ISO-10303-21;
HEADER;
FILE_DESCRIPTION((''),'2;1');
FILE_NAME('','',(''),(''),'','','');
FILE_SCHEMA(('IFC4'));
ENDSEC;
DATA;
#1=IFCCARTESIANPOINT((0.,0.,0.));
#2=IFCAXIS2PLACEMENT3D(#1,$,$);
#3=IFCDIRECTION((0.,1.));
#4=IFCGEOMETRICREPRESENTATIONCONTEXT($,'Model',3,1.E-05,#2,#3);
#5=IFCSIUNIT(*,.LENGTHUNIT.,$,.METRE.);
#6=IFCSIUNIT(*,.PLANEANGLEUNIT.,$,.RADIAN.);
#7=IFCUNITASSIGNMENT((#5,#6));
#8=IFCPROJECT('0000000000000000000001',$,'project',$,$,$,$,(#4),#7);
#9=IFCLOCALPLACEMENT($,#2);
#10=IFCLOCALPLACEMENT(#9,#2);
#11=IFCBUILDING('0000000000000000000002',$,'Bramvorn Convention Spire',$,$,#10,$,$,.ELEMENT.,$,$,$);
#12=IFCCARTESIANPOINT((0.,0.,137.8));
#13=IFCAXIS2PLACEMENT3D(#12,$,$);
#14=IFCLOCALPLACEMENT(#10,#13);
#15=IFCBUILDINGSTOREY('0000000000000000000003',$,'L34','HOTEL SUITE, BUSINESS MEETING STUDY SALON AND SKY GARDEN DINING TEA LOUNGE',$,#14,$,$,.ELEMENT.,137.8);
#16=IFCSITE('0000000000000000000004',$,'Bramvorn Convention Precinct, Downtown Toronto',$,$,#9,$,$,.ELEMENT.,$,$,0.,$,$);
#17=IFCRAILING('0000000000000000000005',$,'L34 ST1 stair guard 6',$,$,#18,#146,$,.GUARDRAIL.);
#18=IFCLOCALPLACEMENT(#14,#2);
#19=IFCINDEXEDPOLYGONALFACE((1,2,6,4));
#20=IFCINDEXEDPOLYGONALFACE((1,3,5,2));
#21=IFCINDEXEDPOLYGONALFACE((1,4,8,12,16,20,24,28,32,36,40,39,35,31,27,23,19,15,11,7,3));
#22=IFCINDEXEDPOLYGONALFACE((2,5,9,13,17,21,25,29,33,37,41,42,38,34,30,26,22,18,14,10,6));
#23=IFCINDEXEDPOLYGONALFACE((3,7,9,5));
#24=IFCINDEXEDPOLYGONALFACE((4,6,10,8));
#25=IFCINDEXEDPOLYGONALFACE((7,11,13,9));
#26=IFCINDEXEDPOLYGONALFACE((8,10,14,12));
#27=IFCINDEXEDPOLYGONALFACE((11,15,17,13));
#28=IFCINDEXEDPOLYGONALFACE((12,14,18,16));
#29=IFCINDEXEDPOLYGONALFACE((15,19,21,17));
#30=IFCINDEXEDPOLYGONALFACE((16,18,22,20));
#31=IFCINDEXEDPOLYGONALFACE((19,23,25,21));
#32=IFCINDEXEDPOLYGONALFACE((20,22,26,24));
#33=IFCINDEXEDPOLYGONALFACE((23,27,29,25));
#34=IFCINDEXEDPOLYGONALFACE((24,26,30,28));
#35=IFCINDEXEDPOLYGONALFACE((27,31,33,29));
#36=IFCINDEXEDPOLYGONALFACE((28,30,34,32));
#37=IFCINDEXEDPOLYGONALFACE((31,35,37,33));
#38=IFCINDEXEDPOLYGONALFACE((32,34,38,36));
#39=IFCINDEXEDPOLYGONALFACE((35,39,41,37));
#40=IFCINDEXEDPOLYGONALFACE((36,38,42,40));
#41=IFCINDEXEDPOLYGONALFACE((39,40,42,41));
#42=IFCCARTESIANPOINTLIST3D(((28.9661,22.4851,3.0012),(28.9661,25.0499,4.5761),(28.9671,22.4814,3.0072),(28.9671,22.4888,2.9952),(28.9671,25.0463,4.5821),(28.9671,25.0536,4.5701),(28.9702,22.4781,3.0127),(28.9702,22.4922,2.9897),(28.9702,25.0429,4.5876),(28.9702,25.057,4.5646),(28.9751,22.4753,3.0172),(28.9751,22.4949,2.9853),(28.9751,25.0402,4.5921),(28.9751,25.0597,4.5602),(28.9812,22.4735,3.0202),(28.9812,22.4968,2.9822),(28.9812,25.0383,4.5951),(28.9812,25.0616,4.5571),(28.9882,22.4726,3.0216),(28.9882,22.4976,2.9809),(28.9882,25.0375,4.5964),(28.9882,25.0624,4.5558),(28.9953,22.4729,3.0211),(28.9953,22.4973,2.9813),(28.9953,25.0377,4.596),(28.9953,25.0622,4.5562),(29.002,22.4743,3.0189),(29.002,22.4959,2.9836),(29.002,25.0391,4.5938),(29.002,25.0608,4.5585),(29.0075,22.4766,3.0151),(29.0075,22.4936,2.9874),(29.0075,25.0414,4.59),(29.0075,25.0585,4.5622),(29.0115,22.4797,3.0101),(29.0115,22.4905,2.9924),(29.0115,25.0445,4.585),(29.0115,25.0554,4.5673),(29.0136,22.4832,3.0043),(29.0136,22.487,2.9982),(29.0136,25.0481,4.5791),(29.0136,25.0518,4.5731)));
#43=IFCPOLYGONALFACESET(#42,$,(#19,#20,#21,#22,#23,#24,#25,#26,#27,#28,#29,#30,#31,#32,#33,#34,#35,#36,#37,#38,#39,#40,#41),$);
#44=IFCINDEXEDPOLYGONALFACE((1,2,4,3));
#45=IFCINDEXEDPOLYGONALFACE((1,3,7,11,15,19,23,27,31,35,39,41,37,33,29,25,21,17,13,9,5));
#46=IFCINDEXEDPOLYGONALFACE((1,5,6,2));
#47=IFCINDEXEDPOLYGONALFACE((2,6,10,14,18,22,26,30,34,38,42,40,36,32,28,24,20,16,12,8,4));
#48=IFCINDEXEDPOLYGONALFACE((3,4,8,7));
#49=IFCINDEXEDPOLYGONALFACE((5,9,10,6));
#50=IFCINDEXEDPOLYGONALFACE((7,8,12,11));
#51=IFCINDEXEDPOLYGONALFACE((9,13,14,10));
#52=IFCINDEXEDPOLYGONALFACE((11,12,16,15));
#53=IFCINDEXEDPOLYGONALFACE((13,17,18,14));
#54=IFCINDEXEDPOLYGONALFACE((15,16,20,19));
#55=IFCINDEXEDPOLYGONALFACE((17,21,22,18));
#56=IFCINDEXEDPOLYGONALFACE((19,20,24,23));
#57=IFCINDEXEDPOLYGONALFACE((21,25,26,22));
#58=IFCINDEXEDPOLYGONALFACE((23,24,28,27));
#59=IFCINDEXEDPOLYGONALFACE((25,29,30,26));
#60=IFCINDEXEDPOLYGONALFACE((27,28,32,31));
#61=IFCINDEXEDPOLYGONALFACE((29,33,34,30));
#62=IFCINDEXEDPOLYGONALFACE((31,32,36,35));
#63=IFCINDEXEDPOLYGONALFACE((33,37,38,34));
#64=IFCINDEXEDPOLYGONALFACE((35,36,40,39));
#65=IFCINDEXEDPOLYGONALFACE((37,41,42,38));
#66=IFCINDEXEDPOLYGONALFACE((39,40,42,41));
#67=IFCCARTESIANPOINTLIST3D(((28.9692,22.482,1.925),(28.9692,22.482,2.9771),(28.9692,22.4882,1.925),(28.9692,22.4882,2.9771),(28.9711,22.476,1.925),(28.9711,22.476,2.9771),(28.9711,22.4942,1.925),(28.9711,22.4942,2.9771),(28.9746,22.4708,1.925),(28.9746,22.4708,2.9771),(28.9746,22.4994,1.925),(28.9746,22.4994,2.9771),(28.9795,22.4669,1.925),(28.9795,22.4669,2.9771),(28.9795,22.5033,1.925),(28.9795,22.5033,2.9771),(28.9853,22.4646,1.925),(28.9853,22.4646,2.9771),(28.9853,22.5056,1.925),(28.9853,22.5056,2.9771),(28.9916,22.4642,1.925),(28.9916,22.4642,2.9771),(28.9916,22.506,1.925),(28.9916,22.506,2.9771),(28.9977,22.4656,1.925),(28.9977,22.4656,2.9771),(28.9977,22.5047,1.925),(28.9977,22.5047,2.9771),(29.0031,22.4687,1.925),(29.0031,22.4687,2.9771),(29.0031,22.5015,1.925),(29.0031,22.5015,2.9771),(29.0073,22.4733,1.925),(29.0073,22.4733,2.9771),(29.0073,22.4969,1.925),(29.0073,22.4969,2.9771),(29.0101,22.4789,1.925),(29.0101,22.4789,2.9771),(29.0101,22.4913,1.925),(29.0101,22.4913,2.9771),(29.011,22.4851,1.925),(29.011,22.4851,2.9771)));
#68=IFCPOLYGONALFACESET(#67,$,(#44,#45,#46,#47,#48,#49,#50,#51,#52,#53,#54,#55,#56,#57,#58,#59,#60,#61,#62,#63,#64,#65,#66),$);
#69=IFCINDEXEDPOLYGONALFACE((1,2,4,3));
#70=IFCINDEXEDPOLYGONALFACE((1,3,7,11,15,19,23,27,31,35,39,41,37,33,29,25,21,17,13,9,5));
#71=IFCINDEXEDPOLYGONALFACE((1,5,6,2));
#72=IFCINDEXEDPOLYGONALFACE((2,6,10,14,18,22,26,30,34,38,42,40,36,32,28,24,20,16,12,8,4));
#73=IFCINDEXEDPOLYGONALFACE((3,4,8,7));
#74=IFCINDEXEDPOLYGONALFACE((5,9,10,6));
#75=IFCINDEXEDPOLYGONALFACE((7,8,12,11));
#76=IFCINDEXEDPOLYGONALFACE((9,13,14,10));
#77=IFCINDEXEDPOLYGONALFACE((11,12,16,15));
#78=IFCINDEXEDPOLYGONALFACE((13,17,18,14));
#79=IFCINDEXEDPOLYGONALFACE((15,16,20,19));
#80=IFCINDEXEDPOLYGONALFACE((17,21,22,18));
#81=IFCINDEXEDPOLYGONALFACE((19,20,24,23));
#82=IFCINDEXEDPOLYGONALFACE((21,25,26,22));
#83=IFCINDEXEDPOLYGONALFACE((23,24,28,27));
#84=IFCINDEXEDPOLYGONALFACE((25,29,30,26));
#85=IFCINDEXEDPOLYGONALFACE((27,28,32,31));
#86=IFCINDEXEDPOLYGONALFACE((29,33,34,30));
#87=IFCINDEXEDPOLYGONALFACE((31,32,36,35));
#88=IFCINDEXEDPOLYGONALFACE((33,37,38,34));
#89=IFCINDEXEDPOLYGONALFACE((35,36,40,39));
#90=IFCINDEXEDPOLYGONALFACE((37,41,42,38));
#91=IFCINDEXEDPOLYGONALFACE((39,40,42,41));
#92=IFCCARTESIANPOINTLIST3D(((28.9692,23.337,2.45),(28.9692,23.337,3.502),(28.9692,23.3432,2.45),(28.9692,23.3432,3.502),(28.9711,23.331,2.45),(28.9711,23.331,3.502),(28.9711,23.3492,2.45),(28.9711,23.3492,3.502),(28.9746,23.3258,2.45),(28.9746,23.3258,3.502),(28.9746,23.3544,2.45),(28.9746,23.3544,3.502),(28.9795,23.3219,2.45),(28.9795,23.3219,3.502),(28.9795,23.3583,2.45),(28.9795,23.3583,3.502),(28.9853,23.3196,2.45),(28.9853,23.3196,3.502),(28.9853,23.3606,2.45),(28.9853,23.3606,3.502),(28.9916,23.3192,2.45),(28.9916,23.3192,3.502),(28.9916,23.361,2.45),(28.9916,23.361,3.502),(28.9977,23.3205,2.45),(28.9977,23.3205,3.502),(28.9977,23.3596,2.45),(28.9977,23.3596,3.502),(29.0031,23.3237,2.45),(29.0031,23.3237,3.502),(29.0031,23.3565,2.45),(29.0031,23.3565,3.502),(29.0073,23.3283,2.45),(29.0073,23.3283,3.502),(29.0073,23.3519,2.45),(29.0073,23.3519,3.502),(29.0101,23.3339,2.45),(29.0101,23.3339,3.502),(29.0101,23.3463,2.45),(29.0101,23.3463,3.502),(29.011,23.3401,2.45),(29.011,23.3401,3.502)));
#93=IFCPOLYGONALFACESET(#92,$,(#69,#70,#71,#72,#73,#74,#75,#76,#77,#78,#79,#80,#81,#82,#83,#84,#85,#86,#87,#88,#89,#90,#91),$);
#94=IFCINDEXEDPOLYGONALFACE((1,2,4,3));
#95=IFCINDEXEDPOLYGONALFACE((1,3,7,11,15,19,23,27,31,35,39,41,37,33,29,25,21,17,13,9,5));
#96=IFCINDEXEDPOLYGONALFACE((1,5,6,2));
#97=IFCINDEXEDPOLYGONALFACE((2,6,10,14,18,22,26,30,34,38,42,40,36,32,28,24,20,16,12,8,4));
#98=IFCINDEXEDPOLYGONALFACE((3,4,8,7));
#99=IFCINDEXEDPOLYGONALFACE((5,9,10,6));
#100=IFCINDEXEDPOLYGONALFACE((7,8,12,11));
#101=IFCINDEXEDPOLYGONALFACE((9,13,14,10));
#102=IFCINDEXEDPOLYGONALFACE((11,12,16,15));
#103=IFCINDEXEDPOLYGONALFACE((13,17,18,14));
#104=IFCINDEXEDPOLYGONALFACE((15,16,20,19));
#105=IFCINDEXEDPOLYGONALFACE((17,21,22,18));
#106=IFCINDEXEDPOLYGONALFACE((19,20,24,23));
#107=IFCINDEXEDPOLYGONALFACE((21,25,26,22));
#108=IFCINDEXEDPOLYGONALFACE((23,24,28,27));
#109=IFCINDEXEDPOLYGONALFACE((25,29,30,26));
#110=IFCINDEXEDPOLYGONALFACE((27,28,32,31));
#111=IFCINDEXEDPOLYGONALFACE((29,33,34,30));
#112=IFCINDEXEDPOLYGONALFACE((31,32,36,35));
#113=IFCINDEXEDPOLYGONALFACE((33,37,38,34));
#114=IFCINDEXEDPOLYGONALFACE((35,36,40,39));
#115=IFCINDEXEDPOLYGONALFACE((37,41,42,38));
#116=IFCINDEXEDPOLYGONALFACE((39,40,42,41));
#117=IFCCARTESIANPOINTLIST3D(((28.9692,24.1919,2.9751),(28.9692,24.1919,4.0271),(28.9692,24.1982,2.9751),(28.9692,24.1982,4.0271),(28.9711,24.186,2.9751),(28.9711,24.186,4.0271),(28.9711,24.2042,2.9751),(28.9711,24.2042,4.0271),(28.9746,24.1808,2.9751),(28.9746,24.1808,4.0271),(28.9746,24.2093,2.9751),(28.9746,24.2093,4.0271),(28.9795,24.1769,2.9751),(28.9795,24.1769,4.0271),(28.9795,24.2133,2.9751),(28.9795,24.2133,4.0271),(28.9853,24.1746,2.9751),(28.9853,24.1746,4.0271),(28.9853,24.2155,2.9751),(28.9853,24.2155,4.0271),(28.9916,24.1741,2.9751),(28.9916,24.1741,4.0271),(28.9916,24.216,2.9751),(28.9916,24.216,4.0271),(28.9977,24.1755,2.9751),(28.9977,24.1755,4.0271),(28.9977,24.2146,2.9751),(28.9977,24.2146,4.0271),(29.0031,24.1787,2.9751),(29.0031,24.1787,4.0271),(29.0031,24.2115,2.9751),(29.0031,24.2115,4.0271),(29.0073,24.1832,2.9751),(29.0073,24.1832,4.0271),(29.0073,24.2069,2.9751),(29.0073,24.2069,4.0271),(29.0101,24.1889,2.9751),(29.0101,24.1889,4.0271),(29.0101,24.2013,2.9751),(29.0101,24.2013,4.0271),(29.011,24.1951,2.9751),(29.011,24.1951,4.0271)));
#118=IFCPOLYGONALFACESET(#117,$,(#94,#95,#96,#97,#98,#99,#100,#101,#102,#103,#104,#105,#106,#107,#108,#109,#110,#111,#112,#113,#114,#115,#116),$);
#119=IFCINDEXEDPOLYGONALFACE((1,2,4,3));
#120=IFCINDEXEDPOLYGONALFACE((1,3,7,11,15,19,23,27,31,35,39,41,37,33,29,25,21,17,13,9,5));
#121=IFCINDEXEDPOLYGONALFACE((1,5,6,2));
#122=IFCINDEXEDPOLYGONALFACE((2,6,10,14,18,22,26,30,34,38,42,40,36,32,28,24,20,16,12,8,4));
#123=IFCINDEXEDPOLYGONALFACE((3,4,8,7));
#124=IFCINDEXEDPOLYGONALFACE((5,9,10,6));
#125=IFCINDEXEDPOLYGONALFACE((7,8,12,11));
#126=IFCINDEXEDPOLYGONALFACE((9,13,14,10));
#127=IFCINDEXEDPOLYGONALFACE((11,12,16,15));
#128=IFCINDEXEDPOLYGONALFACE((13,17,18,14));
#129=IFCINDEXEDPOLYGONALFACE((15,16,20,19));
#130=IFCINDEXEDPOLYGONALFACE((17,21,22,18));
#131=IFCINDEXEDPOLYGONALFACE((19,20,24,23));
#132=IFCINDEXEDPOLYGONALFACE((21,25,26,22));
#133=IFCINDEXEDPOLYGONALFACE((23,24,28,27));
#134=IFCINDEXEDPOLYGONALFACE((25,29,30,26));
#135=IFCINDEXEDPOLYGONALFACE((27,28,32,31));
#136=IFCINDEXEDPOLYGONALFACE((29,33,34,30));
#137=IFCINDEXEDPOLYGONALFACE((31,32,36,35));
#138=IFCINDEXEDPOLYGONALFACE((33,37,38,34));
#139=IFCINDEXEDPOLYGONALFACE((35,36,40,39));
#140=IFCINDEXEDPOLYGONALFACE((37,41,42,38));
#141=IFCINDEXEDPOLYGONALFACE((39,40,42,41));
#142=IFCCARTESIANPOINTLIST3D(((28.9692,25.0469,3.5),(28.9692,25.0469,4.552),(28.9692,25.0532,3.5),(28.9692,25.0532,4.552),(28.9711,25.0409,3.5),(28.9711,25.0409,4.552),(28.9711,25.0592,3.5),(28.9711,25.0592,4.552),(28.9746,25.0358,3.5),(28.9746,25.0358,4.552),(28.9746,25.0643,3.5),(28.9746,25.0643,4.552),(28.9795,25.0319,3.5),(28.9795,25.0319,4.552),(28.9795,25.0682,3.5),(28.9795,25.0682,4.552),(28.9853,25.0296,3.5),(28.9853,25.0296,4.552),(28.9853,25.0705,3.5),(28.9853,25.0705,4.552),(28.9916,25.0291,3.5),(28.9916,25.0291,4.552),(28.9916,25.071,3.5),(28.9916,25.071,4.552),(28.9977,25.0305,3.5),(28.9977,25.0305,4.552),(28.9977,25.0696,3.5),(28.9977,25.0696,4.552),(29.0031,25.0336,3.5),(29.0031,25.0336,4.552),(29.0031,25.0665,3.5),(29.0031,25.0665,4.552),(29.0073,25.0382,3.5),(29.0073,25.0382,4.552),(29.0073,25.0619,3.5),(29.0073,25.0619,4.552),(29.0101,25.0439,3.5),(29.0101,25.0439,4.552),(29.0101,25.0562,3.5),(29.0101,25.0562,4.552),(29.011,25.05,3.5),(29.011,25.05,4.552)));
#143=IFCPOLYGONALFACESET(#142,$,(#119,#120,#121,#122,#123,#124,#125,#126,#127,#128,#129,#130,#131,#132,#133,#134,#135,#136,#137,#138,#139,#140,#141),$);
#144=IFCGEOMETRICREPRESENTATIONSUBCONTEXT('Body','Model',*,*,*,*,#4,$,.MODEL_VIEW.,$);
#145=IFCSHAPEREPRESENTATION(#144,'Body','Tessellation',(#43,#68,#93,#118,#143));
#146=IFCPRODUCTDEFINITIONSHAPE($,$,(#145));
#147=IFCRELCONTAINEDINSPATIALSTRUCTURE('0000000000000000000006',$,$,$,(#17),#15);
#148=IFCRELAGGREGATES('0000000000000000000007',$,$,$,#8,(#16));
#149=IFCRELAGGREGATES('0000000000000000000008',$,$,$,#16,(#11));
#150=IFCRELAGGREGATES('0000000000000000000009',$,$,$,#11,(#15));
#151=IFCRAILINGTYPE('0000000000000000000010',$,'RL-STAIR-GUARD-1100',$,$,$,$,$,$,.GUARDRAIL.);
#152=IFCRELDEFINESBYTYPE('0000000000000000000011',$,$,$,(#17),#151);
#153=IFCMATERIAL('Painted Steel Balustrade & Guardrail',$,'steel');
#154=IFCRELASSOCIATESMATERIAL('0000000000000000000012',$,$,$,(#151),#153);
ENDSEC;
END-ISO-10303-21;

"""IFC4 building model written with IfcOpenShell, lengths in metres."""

from ifc_helpers import new_model, si_unit, direction, frame, origin, origin_2d, place, context, subcontext, project, spatial, circle, extrude, material, type_object, element, save


model = new_model("IFC4")

# Units and contexts
model_context = context("Model", 3, precision=1e-05, world=origin(), true_north=direction((0.0, 1.0)))
body_context = subcontext(model_context, "Body", "Model", "MODEL_VIEW")
ifc_project = project(units=[si_unit("LENGTHUNIT", "METRE"), si_unit("PLANEANGLEUNIT", "RADIAN")], contexts=[model_context])

# Site, building, storey
site_placement = place(None, origin())
site = spatial("IfcSite", under=ifc_project, at=site_placement, Name="Bramvorn Convention Precinct, Downtown Toronto", CompositionType="ELEMENT", RefElevation=0.0)
building_placement = place(site_placement, origin())
building = spatial("IfcBuilding", under=site, at=building_placement, Name="Bramvorn Convention Spire", CompositionType="ELEMENT")
storey_placement = place(building_placement, frame((0.0, 0.0, 137.8)))
storey = spatial("IfcBuildingStorey", under=building, at=storey_placement, Name="L34", Description="HOTEL SUITE, BUSINESS MEETING STUDY SALON AND SKY GARDEN DINING TEA LOUNGE", CompositionType="ELEMENT", Elevation=137.8)

# Railing
ifc_material_1 = material(Name="Painted Steel Balustrade & Guardrail", Category="steel")
railing_type_1 = type_object("IfcRailingType", Name="RL-STAIR-GUARD-1100", PredefinedType="GUARDRAIL", material=ifc_material_1)
railing_1_placement = place(storey_placement, frame((28.99, 22.4851, 1.925)))
element("IfcRailing", 1, at=railing_1_placement, inside=storey, type_object=railing_type_1, Name="L34 ST1 stair guard 6", PredefinedType="GUARDRAIL", context=body_context, shape_type="SweptSolid", body=[
    extrude(circle(Radius=0.0239, at=origin_2d()), frame((0.0, 0.0, 1.0762), z_axis=(0.0, 0.852173, 0.52326), x_axis=(-1.0, 0.0, 0.0)), (0.0, 0.0, 1.0), 3.0098),
    extrude(circle(Radius=0.021, at=origin_2d()), origin(), (0.0, 0.0, 1.0), 1.052),
    extrude(circle(Radius=0.021, at=origin_2d()), frame((0.0, 0.855, 0.5249)), (0.0, 0.0, 1.0), 1.052),
    extrude(circle(Radius=0.021, at=origin_2d()), frame((0.0, 1.71, 1.05)), (0.0, 0.0, 1.0), 1.052),
    extrude(circle(Radius=0.021, at=origin_2d()), frame((0.0, 2.5649, 1.575)), (0.0, 0.0, 1.0), 1.052),
])

save(model, "model.ifc")
